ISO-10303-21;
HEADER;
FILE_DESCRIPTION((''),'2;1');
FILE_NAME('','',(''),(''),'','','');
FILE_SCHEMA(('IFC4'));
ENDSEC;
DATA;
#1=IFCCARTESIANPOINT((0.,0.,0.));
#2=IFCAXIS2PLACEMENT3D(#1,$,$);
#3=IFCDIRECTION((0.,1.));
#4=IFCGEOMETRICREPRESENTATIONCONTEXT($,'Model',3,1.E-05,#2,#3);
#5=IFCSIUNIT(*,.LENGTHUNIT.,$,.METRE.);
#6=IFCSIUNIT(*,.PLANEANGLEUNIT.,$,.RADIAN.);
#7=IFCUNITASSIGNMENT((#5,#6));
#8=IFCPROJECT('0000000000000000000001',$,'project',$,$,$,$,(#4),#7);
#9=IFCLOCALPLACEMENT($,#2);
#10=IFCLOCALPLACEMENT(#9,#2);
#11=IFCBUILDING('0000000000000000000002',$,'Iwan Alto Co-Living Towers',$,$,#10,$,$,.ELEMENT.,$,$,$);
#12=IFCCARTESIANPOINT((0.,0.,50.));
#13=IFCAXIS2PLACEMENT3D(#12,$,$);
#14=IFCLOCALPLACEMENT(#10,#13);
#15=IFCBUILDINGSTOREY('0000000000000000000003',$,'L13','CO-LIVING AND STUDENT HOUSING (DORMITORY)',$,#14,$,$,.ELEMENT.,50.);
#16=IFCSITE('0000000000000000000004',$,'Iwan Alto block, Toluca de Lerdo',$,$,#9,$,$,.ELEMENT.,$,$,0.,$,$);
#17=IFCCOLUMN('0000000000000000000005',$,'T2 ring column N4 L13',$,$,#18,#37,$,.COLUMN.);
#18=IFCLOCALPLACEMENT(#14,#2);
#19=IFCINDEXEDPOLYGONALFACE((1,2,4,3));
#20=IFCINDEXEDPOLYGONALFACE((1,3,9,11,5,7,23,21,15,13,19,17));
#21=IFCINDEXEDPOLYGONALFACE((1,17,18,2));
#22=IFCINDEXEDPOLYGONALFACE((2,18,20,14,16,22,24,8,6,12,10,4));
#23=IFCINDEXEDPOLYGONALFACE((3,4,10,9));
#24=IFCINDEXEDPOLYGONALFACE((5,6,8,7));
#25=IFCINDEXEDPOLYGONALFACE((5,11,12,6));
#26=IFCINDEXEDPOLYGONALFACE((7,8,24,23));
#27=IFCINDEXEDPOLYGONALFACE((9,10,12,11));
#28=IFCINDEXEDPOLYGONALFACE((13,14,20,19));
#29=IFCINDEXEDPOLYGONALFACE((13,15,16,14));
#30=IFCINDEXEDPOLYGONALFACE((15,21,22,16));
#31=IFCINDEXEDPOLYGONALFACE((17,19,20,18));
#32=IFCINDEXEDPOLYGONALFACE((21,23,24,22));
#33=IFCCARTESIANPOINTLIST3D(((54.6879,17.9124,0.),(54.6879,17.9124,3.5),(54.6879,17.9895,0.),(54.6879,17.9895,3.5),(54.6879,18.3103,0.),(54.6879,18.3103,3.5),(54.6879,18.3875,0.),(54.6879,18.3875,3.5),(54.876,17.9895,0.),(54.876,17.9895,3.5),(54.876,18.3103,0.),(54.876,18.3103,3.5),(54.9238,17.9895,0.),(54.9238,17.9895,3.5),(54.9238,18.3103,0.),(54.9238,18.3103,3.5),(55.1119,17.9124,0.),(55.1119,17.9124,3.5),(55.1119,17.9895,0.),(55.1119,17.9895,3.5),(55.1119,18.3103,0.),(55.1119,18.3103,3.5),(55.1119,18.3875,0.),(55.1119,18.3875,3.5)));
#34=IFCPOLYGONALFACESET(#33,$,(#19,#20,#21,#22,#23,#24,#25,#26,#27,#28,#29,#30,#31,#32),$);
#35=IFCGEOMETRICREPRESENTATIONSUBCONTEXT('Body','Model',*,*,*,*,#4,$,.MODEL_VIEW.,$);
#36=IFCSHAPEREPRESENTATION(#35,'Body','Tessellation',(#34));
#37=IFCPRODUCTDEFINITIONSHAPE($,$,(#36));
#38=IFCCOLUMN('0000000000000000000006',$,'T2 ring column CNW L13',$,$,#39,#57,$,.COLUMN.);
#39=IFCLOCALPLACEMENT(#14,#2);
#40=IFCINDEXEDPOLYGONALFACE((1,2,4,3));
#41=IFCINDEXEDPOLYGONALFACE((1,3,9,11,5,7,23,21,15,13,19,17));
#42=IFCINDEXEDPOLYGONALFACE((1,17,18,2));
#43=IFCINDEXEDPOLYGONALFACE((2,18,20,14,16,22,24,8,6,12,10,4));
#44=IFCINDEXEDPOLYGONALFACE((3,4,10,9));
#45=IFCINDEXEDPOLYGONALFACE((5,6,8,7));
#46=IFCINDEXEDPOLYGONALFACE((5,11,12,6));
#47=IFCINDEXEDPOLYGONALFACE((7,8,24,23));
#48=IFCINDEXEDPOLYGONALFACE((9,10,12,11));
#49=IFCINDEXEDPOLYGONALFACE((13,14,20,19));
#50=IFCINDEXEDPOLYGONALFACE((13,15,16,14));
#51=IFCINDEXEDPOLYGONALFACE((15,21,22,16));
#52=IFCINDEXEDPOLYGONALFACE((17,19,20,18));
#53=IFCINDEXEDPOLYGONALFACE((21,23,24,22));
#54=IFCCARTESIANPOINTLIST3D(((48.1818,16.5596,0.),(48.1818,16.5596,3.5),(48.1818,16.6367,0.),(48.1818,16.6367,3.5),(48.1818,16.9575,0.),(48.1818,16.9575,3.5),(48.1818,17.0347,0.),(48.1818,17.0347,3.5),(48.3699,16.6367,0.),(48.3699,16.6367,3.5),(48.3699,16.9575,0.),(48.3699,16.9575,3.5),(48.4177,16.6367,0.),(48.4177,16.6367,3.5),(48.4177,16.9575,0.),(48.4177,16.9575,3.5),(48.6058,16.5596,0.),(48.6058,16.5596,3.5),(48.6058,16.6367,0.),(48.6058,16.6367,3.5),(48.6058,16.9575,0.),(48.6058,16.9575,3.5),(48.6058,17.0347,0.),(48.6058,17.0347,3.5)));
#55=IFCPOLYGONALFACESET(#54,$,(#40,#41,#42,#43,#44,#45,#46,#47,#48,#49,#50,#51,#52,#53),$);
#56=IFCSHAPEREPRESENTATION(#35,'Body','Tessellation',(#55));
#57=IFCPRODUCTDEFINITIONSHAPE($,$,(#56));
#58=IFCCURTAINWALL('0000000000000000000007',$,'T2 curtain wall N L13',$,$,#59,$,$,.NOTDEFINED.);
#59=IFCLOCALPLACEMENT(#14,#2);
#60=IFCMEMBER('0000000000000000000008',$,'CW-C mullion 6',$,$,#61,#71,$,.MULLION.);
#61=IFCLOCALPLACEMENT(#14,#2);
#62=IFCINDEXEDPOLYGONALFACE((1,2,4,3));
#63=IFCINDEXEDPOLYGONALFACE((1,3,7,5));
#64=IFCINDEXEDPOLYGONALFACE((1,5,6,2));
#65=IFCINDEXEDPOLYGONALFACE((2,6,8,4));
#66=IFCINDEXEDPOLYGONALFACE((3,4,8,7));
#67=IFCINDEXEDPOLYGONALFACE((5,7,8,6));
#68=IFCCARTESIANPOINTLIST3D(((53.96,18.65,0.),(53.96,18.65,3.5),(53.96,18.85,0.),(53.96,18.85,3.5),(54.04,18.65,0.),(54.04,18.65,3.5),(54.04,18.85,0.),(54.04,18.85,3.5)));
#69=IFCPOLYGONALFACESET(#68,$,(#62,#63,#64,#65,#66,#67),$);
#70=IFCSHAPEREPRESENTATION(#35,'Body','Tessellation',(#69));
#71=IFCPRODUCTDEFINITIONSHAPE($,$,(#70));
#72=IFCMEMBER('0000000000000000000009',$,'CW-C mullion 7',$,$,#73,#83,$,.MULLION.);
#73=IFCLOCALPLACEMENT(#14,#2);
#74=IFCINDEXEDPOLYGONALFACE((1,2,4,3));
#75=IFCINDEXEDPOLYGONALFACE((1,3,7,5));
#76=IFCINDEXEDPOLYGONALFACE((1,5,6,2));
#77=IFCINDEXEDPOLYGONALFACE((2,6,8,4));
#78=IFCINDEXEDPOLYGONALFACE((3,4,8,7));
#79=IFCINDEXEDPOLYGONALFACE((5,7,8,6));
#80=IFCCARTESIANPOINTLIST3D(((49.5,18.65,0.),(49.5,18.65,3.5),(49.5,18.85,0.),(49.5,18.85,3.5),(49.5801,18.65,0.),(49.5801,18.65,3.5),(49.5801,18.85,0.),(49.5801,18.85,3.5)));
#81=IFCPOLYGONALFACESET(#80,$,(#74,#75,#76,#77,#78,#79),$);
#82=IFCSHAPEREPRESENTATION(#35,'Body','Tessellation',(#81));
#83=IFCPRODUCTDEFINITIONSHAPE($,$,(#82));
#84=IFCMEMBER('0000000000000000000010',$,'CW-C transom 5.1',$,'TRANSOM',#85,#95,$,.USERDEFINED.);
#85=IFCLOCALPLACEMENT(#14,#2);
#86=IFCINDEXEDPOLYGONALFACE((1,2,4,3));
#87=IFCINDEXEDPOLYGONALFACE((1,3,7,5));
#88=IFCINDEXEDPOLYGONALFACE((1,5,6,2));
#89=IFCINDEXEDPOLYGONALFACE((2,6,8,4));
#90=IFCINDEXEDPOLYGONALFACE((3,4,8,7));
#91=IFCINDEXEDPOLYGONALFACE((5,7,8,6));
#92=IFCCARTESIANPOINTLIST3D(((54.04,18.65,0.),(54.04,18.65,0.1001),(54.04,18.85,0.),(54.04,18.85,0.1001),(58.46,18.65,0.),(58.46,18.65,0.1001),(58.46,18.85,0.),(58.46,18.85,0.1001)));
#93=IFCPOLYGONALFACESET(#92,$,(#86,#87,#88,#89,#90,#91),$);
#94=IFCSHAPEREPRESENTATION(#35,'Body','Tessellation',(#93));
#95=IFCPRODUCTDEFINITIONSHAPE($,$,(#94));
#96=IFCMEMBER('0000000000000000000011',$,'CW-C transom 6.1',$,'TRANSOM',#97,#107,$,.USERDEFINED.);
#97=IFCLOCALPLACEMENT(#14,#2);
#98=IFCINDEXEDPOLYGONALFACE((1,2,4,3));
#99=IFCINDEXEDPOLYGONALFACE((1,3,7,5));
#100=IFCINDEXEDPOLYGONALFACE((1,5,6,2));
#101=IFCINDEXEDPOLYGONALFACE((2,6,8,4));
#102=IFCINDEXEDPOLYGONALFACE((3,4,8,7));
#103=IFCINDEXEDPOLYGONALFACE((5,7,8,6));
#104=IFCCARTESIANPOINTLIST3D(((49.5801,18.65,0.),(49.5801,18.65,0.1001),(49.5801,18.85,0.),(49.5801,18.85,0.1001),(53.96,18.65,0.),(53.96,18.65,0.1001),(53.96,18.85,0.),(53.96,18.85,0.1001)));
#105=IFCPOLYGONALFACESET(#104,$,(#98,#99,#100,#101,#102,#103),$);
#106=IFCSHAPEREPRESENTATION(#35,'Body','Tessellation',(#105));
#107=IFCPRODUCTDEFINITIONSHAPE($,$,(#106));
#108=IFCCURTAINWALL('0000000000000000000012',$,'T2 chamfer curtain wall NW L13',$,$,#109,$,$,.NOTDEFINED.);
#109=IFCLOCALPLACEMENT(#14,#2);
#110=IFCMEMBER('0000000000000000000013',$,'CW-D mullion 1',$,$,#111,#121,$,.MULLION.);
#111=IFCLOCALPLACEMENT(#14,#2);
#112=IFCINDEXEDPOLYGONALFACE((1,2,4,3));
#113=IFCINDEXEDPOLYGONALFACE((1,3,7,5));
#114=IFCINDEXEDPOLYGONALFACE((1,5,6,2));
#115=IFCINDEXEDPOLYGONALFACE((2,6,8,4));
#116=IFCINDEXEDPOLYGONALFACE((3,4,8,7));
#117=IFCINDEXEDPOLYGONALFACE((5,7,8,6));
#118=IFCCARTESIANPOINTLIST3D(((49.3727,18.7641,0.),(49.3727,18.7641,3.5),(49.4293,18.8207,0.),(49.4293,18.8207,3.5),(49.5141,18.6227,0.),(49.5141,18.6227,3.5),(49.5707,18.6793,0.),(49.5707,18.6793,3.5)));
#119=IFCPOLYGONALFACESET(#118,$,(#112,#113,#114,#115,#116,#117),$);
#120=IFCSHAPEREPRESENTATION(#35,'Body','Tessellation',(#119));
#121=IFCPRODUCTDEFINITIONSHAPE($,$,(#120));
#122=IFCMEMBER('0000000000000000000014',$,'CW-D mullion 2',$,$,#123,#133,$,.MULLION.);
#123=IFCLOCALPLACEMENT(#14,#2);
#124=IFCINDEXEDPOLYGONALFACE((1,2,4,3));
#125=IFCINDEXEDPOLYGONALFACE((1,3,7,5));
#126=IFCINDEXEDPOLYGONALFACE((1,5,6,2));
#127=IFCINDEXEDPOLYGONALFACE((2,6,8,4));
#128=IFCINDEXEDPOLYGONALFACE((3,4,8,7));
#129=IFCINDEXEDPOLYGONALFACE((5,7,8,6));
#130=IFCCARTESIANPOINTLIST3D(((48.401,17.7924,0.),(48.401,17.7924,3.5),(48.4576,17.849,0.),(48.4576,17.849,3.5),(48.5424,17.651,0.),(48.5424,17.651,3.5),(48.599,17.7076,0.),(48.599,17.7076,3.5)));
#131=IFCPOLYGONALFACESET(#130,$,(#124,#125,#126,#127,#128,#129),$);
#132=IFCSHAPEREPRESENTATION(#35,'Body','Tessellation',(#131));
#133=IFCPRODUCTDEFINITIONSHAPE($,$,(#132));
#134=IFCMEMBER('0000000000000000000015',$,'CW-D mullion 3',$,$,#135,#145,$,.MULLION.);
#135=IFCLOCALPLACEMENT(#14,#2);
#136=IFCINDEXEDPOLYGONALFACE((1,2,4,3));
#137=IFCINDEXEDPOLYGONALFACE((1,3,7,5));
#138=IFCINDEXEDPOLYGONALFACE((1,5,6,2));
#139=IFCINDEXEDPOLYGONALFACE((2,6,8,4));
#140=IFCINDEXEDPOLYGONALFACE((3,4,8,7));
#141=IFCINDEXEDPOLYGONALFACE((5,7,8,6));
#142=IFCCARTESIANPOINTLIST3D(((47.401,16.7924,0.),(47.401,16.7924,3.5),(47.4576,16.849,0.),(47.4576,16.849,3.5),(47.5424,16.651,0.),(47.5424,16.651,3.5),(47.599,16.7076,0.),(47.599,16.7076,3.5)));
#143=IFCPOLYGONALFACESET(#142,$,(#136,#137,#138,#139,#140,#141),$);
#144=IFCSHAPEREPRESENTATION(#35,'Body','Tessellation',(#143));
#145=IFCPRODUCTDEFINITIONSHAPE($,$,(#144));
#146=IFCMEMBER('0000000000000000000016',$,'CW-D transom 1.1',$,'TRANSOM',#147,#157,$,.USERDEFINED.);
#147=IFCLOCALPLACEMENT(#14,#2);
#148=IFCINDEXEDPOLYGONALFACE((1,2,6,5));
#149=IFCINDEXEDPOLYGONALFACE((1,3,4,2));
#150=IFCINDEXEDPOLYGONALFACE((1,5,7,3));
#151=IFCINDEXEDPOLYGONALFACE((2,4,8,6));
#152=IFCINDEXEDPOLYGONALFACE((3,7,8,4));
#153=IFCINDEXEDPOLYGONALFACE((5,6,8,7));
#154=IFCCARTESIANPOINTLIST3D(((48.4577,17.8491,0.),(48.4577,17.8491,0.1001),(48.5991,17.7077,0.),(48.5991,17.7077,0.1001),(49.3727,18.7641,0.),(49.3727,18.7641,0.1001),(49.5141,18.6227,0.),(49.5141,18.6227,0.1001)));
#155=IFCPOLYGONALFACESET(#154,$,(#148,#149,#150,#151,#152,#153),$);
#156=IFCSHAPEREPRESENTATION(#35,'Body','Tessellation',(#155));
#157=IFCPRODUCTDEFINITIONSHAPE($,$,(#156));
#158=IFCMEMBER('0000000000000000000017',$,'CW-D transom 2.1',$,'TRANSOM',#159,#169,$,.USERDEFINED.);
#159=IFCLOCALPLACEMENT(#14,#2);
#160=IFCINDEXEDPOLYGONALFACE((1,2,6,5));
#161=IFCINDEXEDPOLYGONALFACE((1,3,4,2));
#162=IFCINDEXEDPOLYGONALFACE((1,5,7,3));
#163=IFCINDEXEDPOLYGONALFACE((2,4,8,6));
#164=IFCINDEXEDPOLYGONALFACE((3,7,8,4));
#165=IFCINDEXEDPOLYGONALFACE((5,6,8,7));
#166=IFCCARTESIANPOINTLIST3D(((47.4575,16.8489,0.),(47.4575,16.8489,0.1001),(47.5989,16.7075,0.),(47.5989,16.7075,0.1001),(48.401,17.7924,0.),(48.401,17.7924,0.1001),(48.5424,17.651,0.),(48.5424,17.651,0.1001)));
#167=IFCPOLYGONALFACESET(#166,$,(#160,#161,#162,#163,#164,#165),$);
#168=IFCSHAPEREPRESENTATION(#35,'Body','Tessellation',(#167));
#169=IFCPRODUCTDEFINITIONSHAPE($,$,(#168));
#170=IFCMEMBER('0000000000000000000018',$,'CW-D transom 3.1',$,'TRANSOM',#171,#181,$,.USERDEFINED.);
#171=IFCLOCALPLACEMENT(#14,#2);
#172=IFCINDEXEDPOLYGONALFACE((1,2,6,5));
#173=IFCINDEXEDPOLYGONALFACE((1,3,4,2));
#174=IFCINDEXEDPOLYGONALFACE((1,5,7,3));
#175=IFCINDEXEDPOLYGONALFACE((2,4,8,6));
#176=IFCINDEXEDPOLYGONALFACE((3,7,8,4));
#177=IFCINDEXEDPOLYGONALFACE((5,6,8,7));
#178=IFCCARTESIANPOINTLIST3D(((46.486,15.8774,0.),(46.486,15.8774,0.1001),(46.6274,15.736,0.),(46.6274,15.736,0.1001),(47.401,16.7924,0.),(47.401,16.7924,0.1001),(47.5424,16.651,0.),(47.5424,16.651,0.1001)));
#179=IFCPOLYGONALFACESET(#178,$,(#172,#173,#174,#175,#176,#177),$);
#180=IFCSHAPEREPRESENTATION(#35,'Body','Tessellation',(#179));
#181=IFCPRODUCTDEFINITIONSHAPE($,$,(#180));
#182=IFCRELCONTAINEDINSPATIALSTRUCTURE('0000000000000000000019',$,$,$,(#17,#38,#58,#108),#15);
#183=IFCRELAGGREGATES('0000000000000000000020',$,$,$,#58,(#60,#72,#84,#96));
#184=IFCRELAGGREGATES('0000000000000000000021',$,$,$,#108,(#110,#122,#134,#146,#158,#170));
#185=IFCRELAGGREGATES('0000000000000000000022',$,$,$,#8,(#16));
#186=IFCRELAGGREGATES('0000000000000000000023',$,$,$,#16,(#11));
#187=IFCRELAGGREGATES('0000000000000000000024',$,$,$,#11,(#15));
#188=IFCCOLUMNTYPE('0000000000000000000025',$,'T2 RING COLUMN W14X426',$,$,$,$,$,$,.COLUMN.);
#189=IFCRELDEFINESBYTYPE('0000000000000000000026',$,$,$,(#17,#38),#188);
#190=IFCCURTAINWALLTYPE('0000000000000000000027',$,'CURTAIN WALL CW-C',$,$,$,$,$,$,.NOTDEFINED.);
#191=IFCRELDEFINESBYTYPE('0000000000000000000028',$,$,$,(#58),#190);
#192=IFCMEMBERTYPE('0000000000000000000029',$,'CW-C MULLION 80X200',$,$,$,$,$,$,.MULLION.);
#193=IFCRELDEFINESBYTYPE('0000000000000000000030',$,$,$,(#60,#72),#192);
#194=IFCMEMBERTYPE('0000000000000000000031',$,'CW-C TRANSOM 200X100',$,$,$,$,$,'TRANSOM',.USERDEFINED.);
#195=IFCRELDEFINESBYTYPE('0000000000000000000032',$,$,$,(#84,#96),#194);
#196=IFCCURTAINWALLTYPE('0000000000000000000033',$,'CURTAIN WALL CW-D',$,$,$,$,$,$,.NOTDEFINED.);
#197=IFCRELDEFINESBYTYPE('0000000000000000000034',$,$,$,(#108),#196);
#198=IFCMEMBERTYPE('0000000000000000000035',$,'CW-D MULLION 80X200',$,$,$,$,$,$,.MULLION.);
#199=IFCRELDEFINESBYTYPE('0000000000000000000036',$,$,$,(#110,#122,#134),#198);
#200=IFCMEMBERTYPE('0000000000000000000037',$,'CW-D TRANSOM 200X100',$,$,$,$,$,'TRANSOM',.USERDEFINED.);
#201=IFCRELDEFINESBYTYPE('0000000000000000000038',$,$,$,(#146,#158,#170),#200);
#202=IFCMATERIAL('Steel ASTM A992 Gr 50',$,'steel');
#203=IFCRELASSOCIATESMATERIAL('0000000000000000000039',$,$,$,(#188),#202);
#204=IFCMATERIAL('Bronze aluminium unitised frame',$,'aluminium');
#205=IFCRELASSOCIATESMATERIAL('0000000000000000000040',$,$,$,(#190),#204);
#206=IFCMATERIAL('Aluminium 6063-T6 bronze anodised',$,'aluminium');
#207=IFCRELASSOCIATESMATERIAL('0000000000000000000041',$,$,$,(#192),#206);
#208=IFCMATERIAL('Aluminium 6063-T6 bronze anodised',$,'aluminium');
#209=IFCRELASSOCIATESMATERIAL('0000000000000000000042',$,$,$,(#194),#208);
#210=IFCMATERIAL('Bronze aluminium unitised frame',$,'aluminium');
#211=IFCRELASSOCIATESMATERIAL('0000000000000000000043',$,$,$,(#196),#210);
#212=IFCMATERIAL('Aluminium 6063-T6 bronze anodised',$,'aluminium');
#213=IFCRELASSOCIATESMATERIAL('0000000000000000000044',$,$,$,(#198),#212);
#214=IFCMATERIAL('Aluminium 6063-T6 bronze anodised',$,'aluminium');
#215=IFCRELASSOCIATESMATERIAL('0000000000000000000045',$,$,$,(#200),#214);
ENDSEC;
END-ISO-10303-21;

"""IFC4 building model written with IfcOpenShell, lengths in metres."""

from ifc_helpers import new_model, si_unit, direction, frame, origin, origin_2d, place, context, subcontext, project, spatial, rectangle, i_section, extrude, material, material_profile, profile_set, type_object, element, aggregate, save


model = new_model("IFC4")

# Units and contexts
model_context = context("Model", 3, precision=1e-05, world=origin(), true_north=direction((0.0, 1.0)))
body_context = subcontext(model_context, "Body", "Model", "MODEL_VIEW")
ifc_project = project(units=[si_unit("LENGTHUNIT", "METRE"), si_unit("PLANEANGLEUNIT", "RADIAN")], contexts=[model_context])

# Site, building, storey
site_placement = place(None, origin())
site = spatial("IfcSite", under=ifc_project, at=site_placement, Name="Iwan Alto block, Toluca de Lerdo", CompositionType="ELEMENT", RefElevation=0.0)
building_placement = place(site_placement, origin())
building = spatial("IfcBuilding", under=site, at=building_placement, Name="Iwan Alto Co-Living Towers", CompositionType="ELEMENT")
storey_placement = place(building_placement, frame((0.0, 0.0, 50.0)))
storey = spatial("IfcBuildingStorey", under=building, at=storey_placement, Name="L13", Description="CO-LIVING AND STUDENT HOUSING (DORMITORY)", CompositionType="ELEMENT", Elevation=50.0)

# Columns
ifc_material_1 = material(Name="Steel ASTM A992 Gr 50", Category="steel")
ifc_material_profile_1 = material_profile(ifc_material_1, i_section(OverallWidth=0.4241, OverallDepth=0.4751, WebThickness=0.0479, FlangeThickness=0.0771, at=origin_2d()), Name="W14X426")
ifc_profile_set_1 = profile_set([ifc_material_profile_1], Name="Steel ASTM A992 Gr 50")
column_type = type_object("IfcColumnType", Name="T2 RING COLUMN W14X426", PredefinedType="COLUMN", material=ifc_profile_set_1)
for number, where, z_axis, x_axis, name in (
    (1, (54.8999, 18.1499, 0.0), (0.0, 0.0, 1.0), (1.0, 0.0, 0.0), "T2 ring column N4 L13"),
    (2, (48.3938, 16.7971, 0.0), (0.0, 0.0, 1.0), (1.0, 0.0, 0.0), "T2 ring column CNW L13"),
):
    element("IfcColumn", number, at=place(storey_placement, frame(where, z_axis=z_axis, x_axis=x_axis)), inside=storey, type_object=column_type, Name=name, PredefinedType="COLUMN", context=body_context, shape_type="SweptSolid", body=[
        extrude(i_section(OverallWidth=0.4241, OverallDepth=0.4751, WebThickness=0.0479, FlangeThickness=0.0771, at=origin_2d()), origin(), (0.0, 0.0, 1.0), 3.5),
    ])

# Curtain walls, members
ifc_material_2 = material(Name="Bronze aluminium unitised frame", Category="aluminium")
curtain_wall_type_1 = type_object("IfcCurtainWallType", Name="CURTAIN WALL CW-C", PredefinedType="NOTDEFINED", material=ifc_material_2)
curtain_wall_1_placement = place(storey_placement, origin())
curtain_wall_1 = element("IfcCurtainWall", 3, at=curtain_wall_1_placement, inside=storey, type_object=curtain_wall_type_1, Name="T2 curtain wall N L13", PredefinedType="NOTDEFINED")
ifc_material_3 = material(Name="Aluminium 6063-T6 bronze anodised", Category="aluminium")
ifc_material_profile_2 = material_profile(ifc_material_3, rectangle(XDim=0.2, YDim=0.0801, at=origin_2d()), Name="AL 80X200")
ifc_profile_set_2 = profile_set([ifc_material_profile_2], Name="Aluminium 6063-T6 bronze anodised")
member_type_1 = type_object("IfcMemberType", Name="CW-C MULLION 80X200", PredefinedType="MULLION", material=ifc_profile_set_2)
member_1_placement = place(storey_placement, frame((54.0, 18.75, 0.0), z_axis=(0.0, 0.0, 1.0), x_axis=(0.0, -1.0, 0.0)))
member_1 = element("IfcMember", 4, at=member_1_placement, type_object=member_type_1, Name="CW-C mullion 6", PredefinedType="MULLION", context=body_context, shape_type="SweptSolid", body=[
    extrude(rectangle(XDim=0.2, YDim=0.0801, at=origin_2d()), origin(), (0.0, 0.0, 1.0), 3.5),
])
member_2_placement = place(storey_placement, frame((49.54, 18.75, 0.0), z_axis=(0.0, 0.0, 1.0), x_axis=(0.0, -1.0, 0.0)))
member_2 = element("IfcMember", 5, at=member_2_placement, type_object=member_type_1, Name="CW-C mullion 7", PredefinedType="MULLION", context=body_context, shape_type="SweptSolid", body=[
    extrude(rectangle(XDim=0.2, YDim=0.0801, at=origin_2d()), origin(), (0.0, 0.0, 1.0), 3.5),
])
ifc_material_4 = material(Name="Aluminium 6063-T6 bronze anodised", Category="aluminium")
ifc_material_profile_3 = material_profile(ifc_material_4, rectangle(XDim=0.2, YDim=0.1001, at=origin_2d()), Name="AL 200X100")
ifc_profile_set_3 = profile_set([ifc_material_profile_3], Name="Aluminium 6063-T6 bronze anodised")
member_type_2 = type_object("IfcMemberType", Name="CW-C TRANSOM 200X100", ElementType="TRANSOM", PredefinedType="USERDEFINED", material=ifc_profile_set_3)
member_3_placement = place(storey_placement, frame((58.46, 18.75, 0.05), z_axis=(-1.0, 0.0, 0.0), x_axis=(0.0, -1.0, 0.0)))
member_3 = element("IfcMember", 6, at=member_3_placement, type_object=member_type_2, Name="CW-C transom 5.1", ObjectType="TRANSOM", PredefinedType="USERDEFINED", context=body_context, shape_type="SweptSolid", body=[
    extrude(rectangle(XDim=0.2, YDim=0.1001, at=origin_2d()), origin(), (0.0, 0.0, 1.0), 4.4199),
])
member_4_placement = place(storey_placement, frame((53.96, 18.75, 0.05), z_axis=(-1.0, 0.0, 0.0), x_axis=(0.0, -1.0, 0.0)))
member_4 = element("IfcMember", 7, at=member_4_placement, type_object=member_type_2, Name="CW-C transom 6.1", ObjectType="TRANSOM", PredefinedType="USERDEFINED", context=body_context, shape_type="SweptSolid", body=[
    extrude(rectangle(XDim=0.2, YDim=0.1001, at=origin_2d()), origin(), (0.0, 0.0, 1.0), 4.3799),
])
ifc_material_5 = material(Name="Bronze aluminium unitised frame", Category="aluminium")
curtain_wall_type_2 = type_object("IfcCurtainWallType", Name="CURTAIN WALL CW-D", PredefinedType="NOTDEFINED", material=ifc_material_5)
curtain_wall_2_placement = place(storey_placement, origin())
curtain_wall_2 = element("IfcCurtainWall", 8, at=curtain_wall_2_placement, inside=storey, type_object=curtain_wall_type_2, Name="T2 chamfer curtain wall NW L13", PredefinedType="NOTDEFINED")
ifc_material_6 = material(Name="Aluminium 6063-T6 bronze anodised", Category="aluminium")
ifc_material_profile_4 = material_profile(ifc_material_6, rectangle(XDim=0.2, YDim=0.0801, at=origin_2d()), Name="AL 80X200")
ifc_profile_set_4 = profile_set([ifc_material_profile_4], Name="Aluminium 6063-T6 bronze anodised")
member_type_3 = type_object("IfcMemberType", Name="CW-D MULLION 80X200", PredefinedType="MULLION", material=ifc_profile_set_4)
member_5_placement = place(storey_placement, frame((49.4717, 18.7217, 0.0), z_axis=(0.0, 0.0, 1.0), x_axis=(0.707107, -0.707107, 0.0)))
member_5 = element("IfcMember", 9, at=member_5_placement, type_object=member_type_3, Name="CW-D mullion 1", PredefinedType="MULLION", context=body_context, shape_type="SweptSolid", body=[
    extrude(rectangle(XDim=0.2, YDim=0.0801, at=origin_2d()), origin(), (0.0, 0.0, 1.0), 3.5),
])
member_6_placement = place(storey_placement, frame((48.5, 17.75, 0.0), z_axis=(0.0, 0.0, 1.0), x_axis=(0.707107, -0.707107, 0.0)))
member_6 = element("IfcMember", 10, at=member_6_placement, type_object=member_type_3, Name="CW-D mullion 2", PredefinedType="MULLION", context=body_context, shape_type="SweptSolid", body=[
    extrude(rectangle(XDim=0.2, YDim=0.0801, at=origin_2d()), origin(), (0.0, 0.0, 1.0), 3.5),
])
member_7_placement = place(storey_placement, frame((47.5, 16.75, 0.0), z_axis=(0.0, 0.0, 1.0), x_axis=(0.707107, -0.707107, 0.0)))
member_7 = element("IfcMember", 11, at=member_7_placement, type_object=member_type_3, Name="CW-D mullion 3", PredefinedType="MULLION", context=body_context, shape_type="SweptSolid", body=[
    extrude(rectangle(XDim=0.2, YDim=0.0801, at=origin_2d()), origin(), (0.0, 0.0, 1.0), 3.5),
])
ifc_material_7 = material(Name="Aluminium 6063-T6 bronze anodised", Category="aluminium")
ifc_material_profile_5 = material_profile(ifc_material_7, rectangle(XDim=0.2, YDim=0.1001, at=origin_2d()), Name="AL 200X100")
ifc_profile_set_5 = profile_set([ifc_material_profile_5], Name="Aluminium 6063-T6 bronze anodised")
member_type_4 = type_object("IfcMemberType", Name="CW-D TRANSOM 200X100", ElementType="TRANSOM", PredefinedType="USERDEFINED", material=ifc_profile_set_5)
member_8_placement = place(storey_placement, frame((49.4434, 18.6934, 0.05), z_axis=(-0.707107, -0.707107, 0.0), x_axis=(0.707107, -0.707107, 0.0)))
member_8 = element("IfcMember", 12, at=member_8_placement, type_object=member_type_4, Name="CW-D transom 1.1", ObjectType="TRANSOM", PredefinedType="USERDEFINED", context=body_context, shape_type="SweptSolid", body=[
    extrude(rectangle(XDim=0.2, YDim=0.1001, at=origin_2d()), origin(), (0.0, 0.0, 1.0), 1.2939),
])
member_9_placement = place(storey_placement, frame((48.4717, 17.7217, 0.05), z_axis=(-0.707107, -0.707107, 0.0), x_axis=(0.707107, -0.707107, 0.0)))
member_9 = element("IfcMember", 13, at=member_9_placement, type_object=member_type_4, Name="CW-D transom 2.1", ObjectType="TRANSOM", PredefinedType="USERDEFINED", context=body_context, shape_type="SweptSolid", body=[
    extrude(rectangle(XDim=0.2, YDim=0.1001, at=origin_2d()), origin(), (0.0, 0.0, 1.0), 1.3342),
])
member_10_placement = place(storey_placement, frame((47.4717, 16.7217, 0.05), z_axis=(-0.707107, -0.707107, 0.0), x_axis=(0.707107, -0.707107, 0.0)))
member_10 = element("IfcMember", 14, at=member_10_placement, type_object=member_type_4, Name="CW-D transom 3.1", ObjectType="TRANSOM", PredefinedType="USERDEFINED", context=body_context, shape_type="SweptSolid", body=[
    extrude(rectangle(XDim=0.2, YDim=0.1001, at=origin_2d()), origin(), (0.0, 0.0, 1.0), 1.2939),
])

aggregate(curtain_wall_1, [member_1, member_2, member_3, member_4])
aggregate(curtain_wall_2, [member_5, member_6, member_7, member_8, member_9, member_10])

save(model, "model.ifc")
